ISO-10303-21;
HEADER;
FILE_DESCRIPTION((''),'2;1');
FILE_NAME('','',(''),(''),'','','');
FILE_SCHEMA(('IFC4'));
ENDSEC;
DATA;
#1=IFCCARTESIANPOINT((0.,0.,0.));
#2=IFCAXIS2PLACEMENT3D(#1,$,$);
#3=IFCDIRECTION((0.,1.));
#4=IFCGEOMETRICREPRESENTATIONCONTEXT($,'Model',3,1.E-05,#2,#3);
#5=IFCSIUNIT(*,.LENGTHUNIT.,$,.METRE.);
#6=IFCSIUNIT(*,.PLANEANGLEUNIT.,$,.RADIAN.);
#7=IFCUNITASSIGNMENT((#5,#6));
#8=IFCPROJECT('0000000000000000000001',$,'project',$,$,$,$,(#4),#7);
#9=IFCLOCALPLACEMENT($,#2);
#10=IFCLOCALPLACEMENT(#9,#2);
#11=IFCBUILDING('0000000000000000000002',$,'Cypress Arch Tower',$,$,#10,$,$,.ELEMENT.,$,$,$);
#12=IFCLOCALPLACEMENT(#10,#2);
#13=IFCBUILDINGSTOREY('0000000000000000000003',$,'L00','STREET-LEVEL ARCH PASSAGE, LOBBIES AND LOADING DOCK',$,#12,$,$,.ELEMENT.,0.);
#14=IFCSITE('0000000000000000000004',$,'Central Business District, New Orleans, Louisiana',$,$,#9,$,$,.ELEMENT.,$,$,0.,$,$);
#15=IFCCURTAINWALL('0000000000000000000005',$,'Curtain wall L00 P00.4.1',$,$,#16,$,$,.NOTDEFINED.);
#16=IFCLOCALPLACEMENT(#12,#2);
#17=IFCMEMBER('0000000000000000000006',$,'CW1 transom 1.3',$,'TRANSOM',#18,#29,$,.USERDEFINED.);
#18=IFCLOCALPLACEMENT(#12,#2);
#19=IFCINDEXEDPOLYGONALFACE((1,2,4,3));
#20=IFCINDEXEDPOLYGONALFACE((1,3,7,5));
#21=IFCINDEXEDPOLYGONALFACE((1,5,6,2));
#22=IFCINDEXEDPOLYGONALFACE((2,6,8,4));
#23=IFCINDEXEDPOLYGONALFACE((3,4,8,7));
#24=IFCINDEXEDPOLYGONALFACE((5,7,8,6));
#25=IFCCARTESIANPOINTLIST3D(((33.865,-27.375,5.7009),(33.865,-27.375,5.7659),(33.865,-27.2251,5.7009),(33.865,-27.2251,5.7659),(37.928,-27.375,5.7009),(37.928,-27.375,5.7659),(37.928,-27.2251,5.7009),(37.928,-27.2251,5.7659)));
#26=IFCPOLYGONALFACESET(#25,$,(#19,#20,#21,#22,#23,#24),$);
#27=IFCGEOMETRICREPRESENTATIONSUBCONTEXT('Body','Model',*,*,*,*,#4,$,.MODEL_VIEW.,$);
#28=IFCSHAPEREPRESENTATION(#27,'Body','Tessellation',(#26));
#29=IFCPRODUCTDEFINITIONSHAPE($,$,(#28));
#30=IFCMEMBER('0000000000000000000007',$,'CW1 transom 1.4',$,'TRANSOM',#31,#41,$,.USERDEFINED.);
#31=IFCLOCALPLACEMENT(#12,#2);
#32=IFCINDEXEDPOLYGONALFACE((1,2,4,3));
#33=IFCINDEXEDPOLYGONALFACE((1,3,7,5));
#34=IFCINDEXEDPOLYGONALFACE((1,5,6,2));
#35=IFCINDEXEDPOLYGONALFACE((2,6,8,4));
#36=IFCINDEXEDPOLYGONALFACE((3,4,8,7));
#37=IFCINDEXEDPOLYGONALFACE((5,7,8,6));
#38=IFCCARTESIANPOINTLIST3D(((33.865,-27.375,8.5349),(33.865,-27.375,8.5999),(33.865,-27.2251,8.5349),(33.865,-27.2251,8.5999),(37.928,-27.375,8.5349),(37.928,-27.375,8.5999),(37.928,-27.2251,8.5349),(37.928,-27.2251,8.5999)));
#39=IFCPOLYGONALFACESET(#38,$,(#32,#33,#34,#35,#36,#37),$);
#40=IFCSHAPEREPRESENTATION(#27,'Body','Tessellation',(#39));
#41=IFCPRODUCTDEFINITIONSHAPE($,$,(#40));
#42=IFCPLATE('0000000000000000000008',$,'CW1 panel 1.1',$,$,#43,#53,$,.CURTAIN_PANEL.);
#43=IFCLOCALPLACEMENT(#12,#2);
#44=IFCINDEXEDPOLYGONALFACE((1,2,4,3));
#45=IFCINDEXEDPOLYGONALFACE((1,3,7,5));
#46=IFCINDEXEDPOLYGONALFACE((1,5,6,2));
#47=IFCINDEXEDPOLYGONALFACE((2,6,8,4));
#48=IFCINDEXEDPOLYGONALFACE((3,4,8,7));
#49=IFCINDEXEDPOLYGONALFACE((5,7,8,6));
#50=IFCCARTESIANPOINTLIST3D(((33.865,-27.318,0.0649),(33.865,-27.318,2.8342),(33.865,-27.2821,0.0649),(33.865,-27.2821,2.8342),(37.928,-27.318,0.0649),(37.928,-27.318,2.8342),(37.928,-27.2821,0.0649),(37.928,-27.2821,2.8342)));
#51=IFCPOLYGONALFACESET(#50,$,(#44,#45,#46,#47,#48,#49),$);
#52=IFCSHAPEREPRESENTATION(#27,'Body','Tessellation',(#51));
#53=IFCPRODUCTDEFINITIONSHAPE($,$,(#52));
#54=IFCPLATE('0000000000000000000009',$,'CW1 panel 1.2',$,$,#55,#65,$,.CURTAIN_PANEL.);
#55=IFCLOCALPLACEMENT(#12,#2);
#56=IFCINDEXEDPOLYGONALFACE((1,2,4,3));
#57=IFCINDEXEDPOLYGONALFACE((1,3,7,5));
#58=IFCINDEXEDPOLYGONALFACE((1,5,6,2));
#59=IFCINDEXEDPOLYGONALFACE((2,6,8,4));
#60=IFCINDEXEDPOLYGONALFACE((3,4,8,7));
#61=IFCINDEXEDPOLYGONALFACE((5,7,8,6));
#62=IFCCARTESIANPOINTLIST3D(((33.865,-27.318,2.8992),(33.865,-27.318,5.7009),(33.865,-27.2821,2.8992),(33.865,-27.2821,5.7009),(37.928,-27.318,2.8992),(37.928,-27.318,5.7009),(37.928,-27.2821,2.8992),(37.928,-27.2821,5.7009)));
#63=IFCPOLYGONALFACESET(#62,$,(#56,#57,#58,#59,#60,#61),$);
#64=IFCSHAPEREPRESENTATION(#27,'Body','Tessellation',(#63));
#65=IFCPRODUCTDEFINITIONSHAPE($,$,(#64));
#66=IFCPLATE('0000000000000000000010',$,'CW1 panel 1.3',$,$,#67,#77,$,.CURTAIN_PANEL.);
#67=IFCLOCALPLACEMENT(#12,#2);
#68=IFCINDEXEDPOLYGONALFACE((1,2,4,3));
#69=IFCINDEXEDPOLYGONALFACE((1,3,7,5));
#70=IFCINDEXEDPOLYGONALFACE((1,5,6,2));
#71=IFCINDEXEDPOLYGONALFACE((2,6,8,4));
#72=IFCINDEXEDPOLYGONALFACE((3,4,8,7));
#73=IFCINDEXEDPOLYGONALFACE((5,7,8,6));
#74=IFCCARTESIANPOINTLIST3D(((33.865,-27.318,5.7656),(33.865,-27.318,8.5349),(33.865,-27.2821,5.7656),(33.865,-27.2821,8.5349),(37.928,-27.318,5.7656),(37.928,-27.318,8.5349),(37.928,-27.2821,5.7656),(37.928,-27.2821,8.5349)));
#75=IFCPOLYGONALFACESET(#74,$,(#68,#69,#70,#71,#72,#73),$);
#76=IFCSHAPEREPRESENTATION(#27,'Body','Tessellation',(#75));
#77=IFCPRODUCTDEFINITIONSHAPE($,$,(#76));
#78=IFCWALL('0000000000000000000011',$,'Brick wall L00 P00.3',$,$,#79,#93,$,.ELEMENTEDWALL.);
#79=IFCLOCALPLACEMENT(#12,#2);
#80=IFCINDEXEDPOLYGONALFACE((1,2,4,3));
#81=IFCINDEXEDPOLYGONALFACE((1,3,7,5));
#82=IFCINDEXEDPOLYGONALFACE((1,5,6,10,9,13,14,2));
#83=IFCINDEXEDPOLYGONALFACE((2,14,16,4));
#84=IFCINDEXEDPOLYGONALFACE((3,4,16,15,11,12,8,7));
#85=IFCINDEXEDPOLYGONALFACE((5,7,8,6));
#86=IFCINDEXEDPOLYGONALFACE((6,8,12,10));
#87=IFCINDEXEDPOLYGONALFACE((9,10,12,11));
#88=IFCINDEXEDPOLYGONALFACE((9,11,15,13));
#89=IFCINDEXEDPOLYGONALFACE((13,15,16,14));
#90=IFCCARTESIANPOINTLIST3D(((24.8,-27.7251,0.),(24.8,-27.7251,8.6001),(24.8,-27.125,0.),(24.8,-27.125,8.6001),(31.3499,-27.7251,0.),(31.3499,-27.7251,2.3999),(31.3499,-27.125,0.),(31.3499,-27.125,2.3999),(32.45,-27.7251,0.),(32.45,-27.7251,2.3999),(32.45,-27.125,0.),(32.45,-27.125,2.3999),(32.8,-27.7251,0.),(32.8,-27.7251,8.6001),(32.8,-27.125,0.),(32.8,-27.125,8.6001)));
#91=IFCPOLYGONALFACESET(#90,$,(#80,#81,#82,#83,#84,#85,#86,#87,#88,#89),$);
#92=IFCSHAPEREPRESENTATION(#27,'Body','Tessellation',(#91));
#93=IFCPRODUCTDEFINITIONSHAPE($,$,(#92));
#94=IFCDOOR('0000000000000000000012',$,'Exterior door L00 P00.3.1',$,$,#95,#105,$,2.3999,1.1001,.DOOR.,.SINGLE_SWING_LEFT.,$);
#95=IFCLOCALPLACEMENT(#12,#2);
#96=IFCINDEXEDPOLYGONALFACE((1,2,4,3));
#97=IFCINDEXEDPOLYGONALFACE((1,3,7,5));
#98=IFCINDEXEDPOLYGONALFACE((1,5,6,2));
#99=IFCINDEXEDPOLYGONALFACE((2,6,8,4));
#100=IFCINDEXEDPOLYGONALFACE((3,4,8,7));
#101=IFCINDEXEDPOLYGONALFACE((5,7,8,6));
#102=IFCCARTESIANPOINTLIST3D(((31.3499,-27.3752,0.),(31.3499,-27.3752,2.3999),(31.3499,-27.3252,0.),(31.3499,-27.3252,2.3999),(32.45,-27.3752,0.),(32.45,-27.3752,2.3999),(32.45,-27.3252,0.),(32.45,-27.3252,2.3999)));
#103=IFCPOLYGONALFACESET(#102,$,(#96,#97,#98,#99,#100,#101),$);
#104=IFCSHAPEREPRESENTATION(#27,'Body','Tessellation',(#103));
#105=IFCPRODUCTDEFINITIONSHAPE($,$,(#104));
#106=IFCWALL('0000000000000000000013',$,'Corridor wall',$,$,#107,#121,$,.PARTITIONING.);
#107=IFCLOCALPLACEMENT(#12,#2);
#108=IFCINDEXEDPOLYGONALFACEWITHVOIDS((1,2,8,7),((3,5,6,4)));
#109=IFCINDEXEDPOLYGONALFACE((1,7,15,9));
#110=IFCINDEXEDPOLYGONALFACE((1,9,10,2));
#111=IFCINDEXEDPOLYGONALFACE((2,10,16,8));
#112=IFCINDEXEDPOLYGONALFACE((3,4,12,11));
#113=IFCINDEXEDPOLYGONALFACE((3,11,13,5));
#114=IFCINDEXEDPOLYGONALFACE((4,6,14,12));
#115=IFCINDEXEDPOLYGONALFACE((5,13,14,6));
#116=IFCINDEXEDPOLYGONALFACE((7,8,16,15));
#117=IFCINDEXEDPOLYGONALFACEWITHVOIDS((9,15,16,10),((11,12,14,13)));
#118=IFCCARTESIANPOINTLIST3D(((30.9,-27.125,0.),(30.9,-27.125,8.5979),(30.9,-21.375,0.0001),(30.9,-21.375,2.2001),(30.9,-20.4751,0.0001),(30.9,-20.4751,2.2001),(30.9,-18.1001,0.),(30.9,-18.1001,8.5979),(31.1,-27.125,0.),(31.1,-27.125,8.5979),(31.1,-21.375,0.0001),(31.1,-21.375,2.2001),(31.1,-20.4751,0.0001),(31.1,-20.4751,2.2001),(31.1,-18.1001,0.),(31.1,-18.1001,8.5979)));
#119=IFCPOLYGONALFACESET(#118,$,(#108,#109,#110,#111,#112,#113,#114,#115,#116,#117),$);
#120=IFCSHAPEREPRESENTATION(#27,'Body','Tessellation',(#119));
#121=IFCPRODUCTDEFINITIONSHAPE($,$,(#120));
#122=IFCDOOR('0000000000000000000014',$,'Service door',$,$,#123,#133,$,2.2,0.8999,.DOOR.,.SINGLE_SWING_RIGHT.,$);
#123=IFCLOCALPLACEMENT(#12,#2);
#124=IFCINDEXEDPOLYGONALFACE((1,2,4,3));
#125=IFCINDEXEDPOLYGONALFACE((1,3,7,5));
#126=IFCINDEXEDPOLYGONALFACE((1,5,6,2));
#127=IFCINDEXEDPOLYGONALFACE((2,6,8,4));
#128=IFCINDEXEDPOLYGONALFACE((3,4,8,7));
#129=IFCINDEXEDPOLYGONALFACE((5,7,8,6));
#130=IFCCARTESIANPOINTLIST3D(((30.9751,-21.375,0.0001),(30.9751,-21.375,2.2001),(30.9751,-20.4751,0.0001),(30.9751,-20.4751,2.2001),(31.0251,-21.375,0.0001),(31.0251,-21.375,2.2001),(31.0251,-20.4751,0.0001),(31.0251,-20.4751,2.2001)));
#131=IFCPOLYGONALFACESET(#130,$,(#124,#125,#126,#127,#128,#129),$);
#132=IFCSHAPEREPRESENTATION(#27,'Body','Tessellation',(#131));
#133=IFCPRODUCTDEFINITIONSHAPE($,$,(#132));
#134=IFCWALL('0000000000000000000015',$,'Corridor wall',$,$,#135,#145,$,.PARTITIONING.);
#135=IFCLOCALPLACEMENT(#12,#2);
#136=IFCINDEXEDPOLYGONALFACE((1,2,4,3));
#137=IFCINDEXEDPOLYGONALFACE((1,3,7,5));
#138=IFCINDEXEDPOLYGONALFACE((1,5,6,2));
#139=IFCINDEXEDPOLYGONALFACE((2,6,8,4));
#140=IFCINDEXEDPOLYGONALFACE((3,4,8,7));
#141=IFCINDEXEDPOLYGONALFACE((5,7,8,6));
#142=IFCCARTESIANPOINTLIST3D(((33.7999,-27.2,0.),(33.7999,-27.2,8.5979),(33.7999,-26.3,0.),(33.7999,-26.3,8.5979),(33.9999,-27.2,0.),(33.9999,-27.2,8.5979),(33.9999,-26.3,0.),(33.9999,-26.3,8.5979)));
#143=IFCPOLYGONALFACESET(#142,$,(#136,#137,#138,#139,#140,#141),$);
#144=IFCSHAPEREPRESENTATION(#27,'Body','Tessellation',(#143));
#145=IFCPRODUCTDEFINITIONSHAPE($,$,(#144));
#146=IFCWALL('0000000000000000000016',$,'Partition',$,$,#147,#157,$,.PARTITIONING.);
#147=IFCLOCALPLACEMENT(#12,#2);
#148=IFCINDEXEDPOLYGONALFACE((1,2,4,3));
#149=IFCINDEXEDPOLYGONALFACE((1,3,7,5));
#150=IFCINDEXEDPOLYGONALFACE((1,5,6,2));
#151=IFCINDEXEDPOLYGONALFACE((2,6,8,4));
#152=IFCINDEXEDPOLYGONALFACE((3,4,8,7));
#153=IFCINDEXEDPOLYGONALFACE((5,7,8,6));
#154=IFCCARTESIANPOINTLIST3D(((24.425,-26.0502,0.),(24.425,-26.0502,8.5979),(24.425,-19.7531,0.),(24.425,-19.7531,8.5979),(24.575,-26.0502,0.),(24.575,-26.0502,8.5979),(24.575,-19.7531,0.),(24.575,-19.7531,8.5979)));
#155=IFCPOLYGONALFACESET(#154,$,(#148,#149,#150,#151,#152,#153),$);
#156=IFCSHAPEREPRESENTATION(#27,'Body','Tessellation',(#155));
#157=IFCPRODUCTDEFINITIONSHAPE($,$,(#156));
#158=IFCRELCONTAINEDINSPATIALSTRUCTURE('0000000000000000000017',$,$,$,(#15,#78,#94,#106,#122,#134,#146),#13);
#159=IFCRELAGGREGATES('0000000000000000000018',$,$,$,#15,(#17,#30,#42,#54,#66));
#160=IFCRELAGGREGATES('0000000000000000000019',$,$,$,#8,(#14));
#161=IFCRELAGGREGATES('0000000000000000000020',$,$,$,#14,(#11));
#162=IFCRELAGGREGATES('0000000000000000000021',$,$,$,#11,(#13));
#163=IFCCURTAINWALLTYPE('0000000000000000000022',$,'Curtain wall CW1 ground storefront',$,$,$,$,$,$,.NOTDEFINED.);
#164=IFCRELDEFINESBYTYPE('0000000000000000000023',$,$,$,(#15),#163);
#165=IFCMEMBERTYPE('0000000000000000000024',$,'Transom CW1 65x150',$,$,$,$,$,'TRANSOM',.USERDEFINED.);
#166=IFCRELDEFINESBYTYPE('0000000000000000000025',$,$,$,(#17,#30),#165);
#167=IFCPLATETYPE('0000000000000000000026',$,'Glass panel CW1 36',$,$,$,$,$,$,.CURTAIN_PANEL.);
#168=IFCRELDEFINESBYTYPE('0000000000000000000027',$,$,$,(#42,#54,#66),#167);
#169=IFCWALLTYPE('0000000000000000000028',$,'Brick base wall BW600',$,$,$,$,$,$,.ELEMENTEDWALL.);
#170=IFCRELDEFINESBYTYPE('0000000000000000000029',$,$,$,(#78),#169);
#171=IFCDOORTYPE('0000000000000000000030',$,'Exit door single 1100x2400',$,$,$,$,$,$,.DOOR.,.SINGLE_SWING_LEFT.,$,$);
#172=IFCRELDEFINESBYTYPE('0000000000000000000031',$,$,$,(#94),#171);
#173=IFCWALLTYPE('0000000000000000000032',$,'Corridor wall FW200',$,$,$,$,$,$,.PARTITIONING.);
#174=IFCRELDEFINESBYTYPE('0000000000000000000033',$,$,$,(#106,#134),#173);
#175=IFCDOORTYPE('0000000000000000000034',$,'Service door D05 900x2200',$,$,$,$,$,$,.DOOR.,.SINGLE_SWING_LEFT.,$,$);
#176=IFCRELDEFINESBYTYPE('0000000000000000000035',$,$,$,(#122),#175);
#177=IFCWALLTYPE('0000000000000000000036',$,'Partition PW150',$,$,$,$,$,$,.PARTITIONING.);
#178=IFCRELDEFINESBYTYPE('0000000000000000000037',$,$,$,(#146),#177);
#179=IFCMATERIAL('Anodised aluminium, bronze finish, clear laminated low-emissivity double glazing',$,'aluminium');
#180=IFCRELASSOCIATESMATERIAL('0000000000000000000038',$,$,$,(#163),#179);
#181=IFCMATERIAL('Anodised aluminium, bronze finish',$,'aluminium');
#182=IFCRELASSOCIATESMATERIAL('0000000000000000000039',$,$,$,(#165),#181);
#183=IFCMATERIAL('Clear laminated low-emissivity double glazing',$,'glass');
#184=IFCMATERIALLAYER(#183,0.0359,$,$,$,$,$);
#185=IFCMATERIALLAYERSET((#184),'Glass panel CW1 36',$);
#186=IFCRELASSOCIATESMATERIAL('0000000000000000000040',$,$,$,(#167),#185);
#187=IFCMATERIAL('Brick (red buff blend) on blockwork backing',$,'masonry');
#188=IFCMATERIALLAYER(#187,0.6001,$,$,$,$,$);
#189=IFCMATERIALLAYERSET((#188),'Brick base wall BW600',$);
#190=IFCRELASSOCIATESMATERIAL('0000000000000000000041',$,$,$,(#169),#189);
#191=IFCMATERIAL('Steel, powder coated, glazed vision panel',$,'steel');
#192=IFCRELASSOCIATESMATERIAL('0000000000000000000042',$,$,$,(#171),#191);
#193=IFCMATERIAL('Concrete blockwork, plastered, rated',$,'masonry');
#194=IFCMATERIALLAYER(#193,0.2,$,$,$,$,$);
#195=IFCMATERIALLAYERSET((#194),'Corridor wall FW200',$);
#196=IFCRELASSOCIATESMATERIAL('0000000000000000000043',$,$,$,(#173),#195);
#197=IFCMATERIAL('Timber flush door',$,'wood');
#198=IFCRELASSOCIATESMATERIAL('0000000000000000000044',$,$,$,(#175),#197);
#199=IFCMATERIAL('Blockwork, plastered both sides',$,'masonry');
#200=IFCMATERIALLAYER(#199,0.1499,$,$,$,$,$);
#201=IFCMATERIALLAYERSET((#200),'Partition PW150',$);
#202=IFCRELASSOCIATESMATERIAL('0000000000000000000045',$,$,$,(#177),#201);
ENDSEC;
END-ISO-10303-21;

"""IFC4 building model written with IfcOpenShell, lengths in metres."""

from ifc_helpers import new_model, si_unit, direction, frame, frame_2d, origin, origin_2d, place, context, subcontext, project, spatial, rectangle, extrude, material, layer, layer_set, material_profile, profile_set, type_object, element, fill, aggregate, save


model = new_model("IFC4")

# Units and contexts
model_context = context("Model", 3, precision=1e-05, world=origin(), true_north=direction((0.0, 1.0)))
body_context = subcontext(model_context, "Body", "Model", "MODEL_VIEW")
ifc_project = project(units=[si_unit("LENGTHUNIT", "METRE"), si_unit("PLANEANGLEUNIT", "RADIAN")], contexts=[model_context])

# Site, building, storey
site_placement = place(None, origin())
site = spatial("IfcSite", under=ifc_project, at=site_placement, Name="Central Business District, New Orleans, Louisiana", CompositionType="ELEMENT", RefElevation=0.0)
building_placement = place(site_placement, origin())
building = spatial("IfcBuilding", under=site, at=building_placement, Name="Cypress Arch Tower", CompositionType="ELEMENT")
storey_placement = place(building_placement, origin())
storey = spatial("IfcBuildingStorey", under=building, at=storey_placement, Name="L00", Description="STREET-LEVEL ARCH PASSAGE, LOBBIES AND LOADING DOCK", CompositionType="ELEMENT", Elevation=0.0)

# Curtain wall, members, plates
ifc_material_1 = material(Name="Anodised aluminium, bronze finish, clear laminated low-emissivity double glazing", Category="aluminium")
curtain_wall_type = type_object("IfcCurtainWallType", Name="Curtain wall CW1 ground storefront", PredefinedType="NOTDEFINED", material=ifc_material_1)
curtain_wall_placement = place(storey_placement, origin())
curtain_wall = element("IfcCurtainWall", 1, at=curtain_wall_placement, inside=storey, type_object=curtain_wall_type, Name="Curtain wall L00 P00.4.1", PredefinedType="NOTDEFINED")
ifc_material_2 = material(Name="Anodised aluminium, bronze finish", Category="aluminium")
ifc_material_profile_1 = material_profile(ifc_material_2, rectangle(XDim=0.1499, YDim=0.0649, at=origin_2d()), Name="Transom 65x150")
ifc_profile_set_1 = profile_set([ifc_material_profile_1], Name="Anodised aluminium, bronze finish")
member_type_1 = type_object("IfcMemberType", Name="Transom CW1 65x150", ElementType="TRANSOM", PredefinedType="USERDEFINED", material=ifc_profile_set_1)
member_1_placement = place(storey_placement, frame((33.865, -27.3, 5.7334), z_axis=(1.0, 0.0, 0.0), x_axis=(0.0, 1.0, 0.0)))
member_1 = element("IfcMember", 2, at=member_1_placement, type_object=member_type_1, Name="CW1 transom 1.3", ObjectType="TRANSOM", PredefinedType="USERDEFINED", context=body_context, shape_type="SweptSolid", body=[
    extrude(rectangle(XDim=0.1499, YDim=0.0649, at=origin_2d()), origin(), (0.0, 0.0, 1.0), 4.063),
])
member_2_placement = place(storey_placement, frame((33.865, -27.3, 8.5674), z_axis=(1.0, 0.0, 0.0), x_axis=(0.0, 1.0, 0.0)))
member_2 = element("IfcMember", 3, at=member_2_placement, type_object=member_type_1, Name="CW1 transom 1.4", ObjectType="TRANSOM", PredefinedType="USERDEFINED", context=body_context, shape_type="SweptSolid", body=[
    extrude(rectangle(XDim=0.1499, YDim=0.0649, at=origin_2d()), origin(), (0.0, 0.0, 1.0), 4.063),
])
ifc_material_3 = material(Name="Clear laminated low-emissivity double glazing", Category="glass")
ifc_layer_1 = layer(ifc_material_3, 0.0359)
ifc_layer_set_1 = layer_set([ifc_layer_1], Name="Glass panel CW1 36")
plate_type = type_object("IfcPlateType", Name="Glass panel CW1 36", PredefinedType="CURTAIN_PANEL", material=ifc_layer_set_1)
plate_1_placement = place(storey_placement, frame((35.8965, -27.3, 0.0649), z_axis=(0.0, 0.0, 1.0), x_axis=(1.0, 0.0, 0.0)))
plate_1 = element("IfcPlate", 4, at=plate_1_placement, type_object=plate_type, Name="CW1 panel 1.1", PredefinedType="CURTAIN_PANEL", context=body_context, shape_type="SweptSolid", body=[
    extrude(rectangle(XDim=4.063, YDim=0.0359, at=origin_2d()), origin(), (0.0, 0.0, 1.0), 2.7693),
])
plate_2_placement = place(storey_placement, frame((35.8965, -27.3, 2.8992), z_axis=(0.0, 0.0, 1.0), x_axis=(1.0, 0.0, 0.0)))
plate_2 = element("IfcPlate", 5, at=plate_2_placement, type_object=plate_type, Name="CW1 panel 1.2", PredefinedType="CURTAIN_PANEL", context=body_context, shape_type="SweptSolid", body=[
    extrude(rectangle(XDim=4.063, YDim=0.0359, at=origin_2d()), origin(), (0.0, 0.0, 1.0), 2.8018),
])
plate_3_placement = place(storey_placement, frame((35.8965, -27.3, 5.7656), z_axis=(0.0, 0.0, 1.0), x_axis=(1.0, 0.0, 0.0)))
plate_3 = element("IfcPlate", 6, at=plate_3_placement, type_object=plate_type, Name="CW1 panel 1.3", PredefinedType="CURTAIN_PANEL", context=body_context, shape_type="SweptSolid", body=[
    extrude(rectangle(XDim=4.063, YDim=0.0359, at=origin_2d()), origin(), (0.0, 0.0, 1.0), 2.7693),
])
aggregate(curtain_wall, [member_1, member_2, plate_1, plate_2, plate_3])

# Walls, openings, doors
ifc_material_4 = material(Name="Brick (red buff blend) on blockwork backing", Category="masonry")
ifc_layer_2 = layer(ifc_material_4, 0.6001)
ifc_layer_set_2 = layer_set([ifc_layer_2], Name="Brick base wall BW600")
wall_type_1 = type_object("IfcWallType", Name="Brick base wall BW600", PredefinedType="ELEMENTEDWALL", material=ifc_layer_set_2)
wall_1_placement = place(storey_placement, frame((32.8, -27.425, 0.0), z_axis=(0.0, 0.0, 1.0), x_axis=(-1.0, 0.0, 0.0)))
wall_1 = element("IfcWall", 7, at=wall_1_placement, inside=storey, type_object=wall_type_1, Name="Brick wall L00 P00.3", PredefinedType="ELEMENTEDWALL", context=body_context, shape_type="SweptSolid", body=[
    extrude(rectangle(XDim=8.0, YDim=0.6001, at=frame_2d((4.0, 0.0))), origin(), (0.0, 0.0, 1.0), 8.6001),
])
opening_1_placement = place(wall_1_placement, frame((0.3501, 0.0, 0.0)))
opening_1 = element("IfcOpeningElement", 8, at=opening_1_placement, cuts=wall_1, PredefinedType="OPENING", context=body_context, shape_type="SweptSolid", body=[
    extrude(rectangle(XDim=1.1001, YDim=2.3999, at=frame_2d((0.55, 1.2))), frame((0.0, 0.3101, 0.0), z_axis=(0.0, -1.0, 0.0), x_axis=(1.0, 0.0, 0.0)), (0.0, 0.0, 1.0), 0.6201),
])
ifc_material_5 = material(Name="Steel, powder coated, glazed vision panel", Category="steel")
door_type_1 = type_object("IfcDoorType", Name="Exit door single 1100x2400", OperationType="SINGLE_SWING_LEFT", PredefinedType="DOOR", material=ifc_material_5)
door_1_placement = place(opening_1_placement, origin())
door_1 = element("IfcDoor", 9, at=door_1_placement, inside=storey, type_object=door_type_1, Name="Exterior door L00 P00.3.1", OperationType="SINGLE_SWING_LEFT", OverallHeight=2.3999, OverallWidth=1.1001, PredefinedType="DOOR", context=body_context, shape_type="SweptSolid", body=[
    extrude(rectangle(XDim=1.1001, YDim=2.3999, at=frame_2d((0.55, 1.2))), frame((0.0, -0.0498, 0.0), z_axis=(0.0, -1.0, 0.0), x_axis=(1.0, 0.0, 0.0)), (0.0, 0.0, 1.0), 0.05),
])
fill(opening_1, door_1)
ifc_material_6 = material(Name="Concrete blockwork, plastered, rated", Category="masonry")
ifc_layer_3 = layer(ifc_material_6, 0.2)
ifc_layer_set_3 = layer_set([ifc_layer_3], Name="Corridor wall FW200")
wall_type_2 = type_object("IfcWallType", Name="Corridor wall FW200", PredefinedType="PARTITIONING", material=ifc_layer_set_3)
wall_2_placement = place(storey_placement, frame((31.0, -27.125, 0.0), z_axis=(0.0, 0.0, 1.0), x_axis=(0.0, 1.0, 0.0)))
wall_2 = element("IfcWall", 10, at=wall_2_placement, inside=storey, type_object=wall_type_2, Name="Corridor wall", PredefinedType="PARTITIONING", context=body_context, shape_type="SweptSolid", body=[
    extrude(rectangle(XDim=9.0249, YDim=0.2, at=frame_2d((4.5125, 0.0))), origin(), (0.0, 0.0, 1.0), 8.5979),
])
opening_2_placement = place(wall_2_placement, frame((5.75, 0.0, 0.0)))
opening_2 = element("IfcOpeningElement", 11, at=opening_2_placement, cuts=wall_2, PredefinedType="OPENING", context=body_context, shape_type="SweptSolid", body=[
    extrude(rectangle(XDim=0.8999, YDim=2.2, at=frame_2d((0.45, 1.1001))), frame((0.0, 0.1099, 0.0), z_axis=(0.0, -1.0, 0.0), x_axis=(1.0, 0.0, 0.0)), (0.0, 0.0, 1.0), 0.22),
])
ifc_material_7 = material(Name="Timber flush door", Category="wood")
door_type_2 = type_object("IfcDoorType", Name="Service door D05 900x2200", OperationType="SINGLE_SWING_LEFT", PredefinedType="DOOR", material=ifc_material_7)
door_2_placement = place(opening_2_placement, origin())
door_2 = element("IfcDoor", 12, at=door_2_placement, inside=storey, type_object=door_type_2, Name="Service door", OperationType="SINGLE_SWING_RIGHT", OverallHeight=2.2, OverallWidth=0.8999, PredefinedType="DOOR", context=body_context, shape_type="SweptSolid", body=[
    extrude(rectangle(XDim=0.8999, YDim=2.2, at=frame_2d((0.45, 1.1001))), frame((0.0, 0.0249, 0.0), z_axis=(0.0, -1.0, 0.0), x_axis=(1.0, 0.0, 0.0)), (0.0, 0.0, 1.0), 0.05),
])
fill(opening_2, door_2)

# Walls
wall_3_placement = place(storey_placement, frame((33.8999, -27.2, 0.0), z_axis=(0.0, 0.0, 1.0), x_axis=(0.0, 1.0, 0.0)))
element("IfcWall", 13, at=wall_3_placement, inside=storey, type_object=wall_type_2, Name="Corridor wall", PredefinedType="PARTITIONING", context=body_context, shape_type="SweptSolid", body=[
    extrude(rectangle(XDim=0.8999, YDim=0.2, at=frame_2d((0.45, 0.0))), origin(), (0.0, 0.0, 1.0), 8.5979),
])
ifc_material_8 = material(Name="Blockwork, plastered both sides", Category="masonry")
ifc_layer_4 = layer(ifc_material_8, 0.1499)
ifc_layer_set_4 = layer_set([ifc_layer_4], Name="Partition PW150")
wall_type_3 = type_object("IfcWallType", Name="Partition PW150", PredefinedType="PARTITIONING", material=ifc_layer_set_4)
wall_4_placement = place(storey_placement, frame((24.5, -26.05, 0.0), z_axis=(0.0, 0.0, 1.0), x_axis=(0.0, 1.0, 0.0)))
element("IfcWall", 14, at=wall_4_placement, inside=storey, type_object=wall_type_3, Name="Partition", PredefinedType="PARTITIONING", context=body_context, shape_type="SweptSolid", body=[
    extrude(rectangle(XDim=6.2971, YDim=0.1499, at=frame_2d((3.1484, 0.0))), origin(), (0.0, 0.0, 1.0), 8.5979),
])

save(model, "model.ifc")
